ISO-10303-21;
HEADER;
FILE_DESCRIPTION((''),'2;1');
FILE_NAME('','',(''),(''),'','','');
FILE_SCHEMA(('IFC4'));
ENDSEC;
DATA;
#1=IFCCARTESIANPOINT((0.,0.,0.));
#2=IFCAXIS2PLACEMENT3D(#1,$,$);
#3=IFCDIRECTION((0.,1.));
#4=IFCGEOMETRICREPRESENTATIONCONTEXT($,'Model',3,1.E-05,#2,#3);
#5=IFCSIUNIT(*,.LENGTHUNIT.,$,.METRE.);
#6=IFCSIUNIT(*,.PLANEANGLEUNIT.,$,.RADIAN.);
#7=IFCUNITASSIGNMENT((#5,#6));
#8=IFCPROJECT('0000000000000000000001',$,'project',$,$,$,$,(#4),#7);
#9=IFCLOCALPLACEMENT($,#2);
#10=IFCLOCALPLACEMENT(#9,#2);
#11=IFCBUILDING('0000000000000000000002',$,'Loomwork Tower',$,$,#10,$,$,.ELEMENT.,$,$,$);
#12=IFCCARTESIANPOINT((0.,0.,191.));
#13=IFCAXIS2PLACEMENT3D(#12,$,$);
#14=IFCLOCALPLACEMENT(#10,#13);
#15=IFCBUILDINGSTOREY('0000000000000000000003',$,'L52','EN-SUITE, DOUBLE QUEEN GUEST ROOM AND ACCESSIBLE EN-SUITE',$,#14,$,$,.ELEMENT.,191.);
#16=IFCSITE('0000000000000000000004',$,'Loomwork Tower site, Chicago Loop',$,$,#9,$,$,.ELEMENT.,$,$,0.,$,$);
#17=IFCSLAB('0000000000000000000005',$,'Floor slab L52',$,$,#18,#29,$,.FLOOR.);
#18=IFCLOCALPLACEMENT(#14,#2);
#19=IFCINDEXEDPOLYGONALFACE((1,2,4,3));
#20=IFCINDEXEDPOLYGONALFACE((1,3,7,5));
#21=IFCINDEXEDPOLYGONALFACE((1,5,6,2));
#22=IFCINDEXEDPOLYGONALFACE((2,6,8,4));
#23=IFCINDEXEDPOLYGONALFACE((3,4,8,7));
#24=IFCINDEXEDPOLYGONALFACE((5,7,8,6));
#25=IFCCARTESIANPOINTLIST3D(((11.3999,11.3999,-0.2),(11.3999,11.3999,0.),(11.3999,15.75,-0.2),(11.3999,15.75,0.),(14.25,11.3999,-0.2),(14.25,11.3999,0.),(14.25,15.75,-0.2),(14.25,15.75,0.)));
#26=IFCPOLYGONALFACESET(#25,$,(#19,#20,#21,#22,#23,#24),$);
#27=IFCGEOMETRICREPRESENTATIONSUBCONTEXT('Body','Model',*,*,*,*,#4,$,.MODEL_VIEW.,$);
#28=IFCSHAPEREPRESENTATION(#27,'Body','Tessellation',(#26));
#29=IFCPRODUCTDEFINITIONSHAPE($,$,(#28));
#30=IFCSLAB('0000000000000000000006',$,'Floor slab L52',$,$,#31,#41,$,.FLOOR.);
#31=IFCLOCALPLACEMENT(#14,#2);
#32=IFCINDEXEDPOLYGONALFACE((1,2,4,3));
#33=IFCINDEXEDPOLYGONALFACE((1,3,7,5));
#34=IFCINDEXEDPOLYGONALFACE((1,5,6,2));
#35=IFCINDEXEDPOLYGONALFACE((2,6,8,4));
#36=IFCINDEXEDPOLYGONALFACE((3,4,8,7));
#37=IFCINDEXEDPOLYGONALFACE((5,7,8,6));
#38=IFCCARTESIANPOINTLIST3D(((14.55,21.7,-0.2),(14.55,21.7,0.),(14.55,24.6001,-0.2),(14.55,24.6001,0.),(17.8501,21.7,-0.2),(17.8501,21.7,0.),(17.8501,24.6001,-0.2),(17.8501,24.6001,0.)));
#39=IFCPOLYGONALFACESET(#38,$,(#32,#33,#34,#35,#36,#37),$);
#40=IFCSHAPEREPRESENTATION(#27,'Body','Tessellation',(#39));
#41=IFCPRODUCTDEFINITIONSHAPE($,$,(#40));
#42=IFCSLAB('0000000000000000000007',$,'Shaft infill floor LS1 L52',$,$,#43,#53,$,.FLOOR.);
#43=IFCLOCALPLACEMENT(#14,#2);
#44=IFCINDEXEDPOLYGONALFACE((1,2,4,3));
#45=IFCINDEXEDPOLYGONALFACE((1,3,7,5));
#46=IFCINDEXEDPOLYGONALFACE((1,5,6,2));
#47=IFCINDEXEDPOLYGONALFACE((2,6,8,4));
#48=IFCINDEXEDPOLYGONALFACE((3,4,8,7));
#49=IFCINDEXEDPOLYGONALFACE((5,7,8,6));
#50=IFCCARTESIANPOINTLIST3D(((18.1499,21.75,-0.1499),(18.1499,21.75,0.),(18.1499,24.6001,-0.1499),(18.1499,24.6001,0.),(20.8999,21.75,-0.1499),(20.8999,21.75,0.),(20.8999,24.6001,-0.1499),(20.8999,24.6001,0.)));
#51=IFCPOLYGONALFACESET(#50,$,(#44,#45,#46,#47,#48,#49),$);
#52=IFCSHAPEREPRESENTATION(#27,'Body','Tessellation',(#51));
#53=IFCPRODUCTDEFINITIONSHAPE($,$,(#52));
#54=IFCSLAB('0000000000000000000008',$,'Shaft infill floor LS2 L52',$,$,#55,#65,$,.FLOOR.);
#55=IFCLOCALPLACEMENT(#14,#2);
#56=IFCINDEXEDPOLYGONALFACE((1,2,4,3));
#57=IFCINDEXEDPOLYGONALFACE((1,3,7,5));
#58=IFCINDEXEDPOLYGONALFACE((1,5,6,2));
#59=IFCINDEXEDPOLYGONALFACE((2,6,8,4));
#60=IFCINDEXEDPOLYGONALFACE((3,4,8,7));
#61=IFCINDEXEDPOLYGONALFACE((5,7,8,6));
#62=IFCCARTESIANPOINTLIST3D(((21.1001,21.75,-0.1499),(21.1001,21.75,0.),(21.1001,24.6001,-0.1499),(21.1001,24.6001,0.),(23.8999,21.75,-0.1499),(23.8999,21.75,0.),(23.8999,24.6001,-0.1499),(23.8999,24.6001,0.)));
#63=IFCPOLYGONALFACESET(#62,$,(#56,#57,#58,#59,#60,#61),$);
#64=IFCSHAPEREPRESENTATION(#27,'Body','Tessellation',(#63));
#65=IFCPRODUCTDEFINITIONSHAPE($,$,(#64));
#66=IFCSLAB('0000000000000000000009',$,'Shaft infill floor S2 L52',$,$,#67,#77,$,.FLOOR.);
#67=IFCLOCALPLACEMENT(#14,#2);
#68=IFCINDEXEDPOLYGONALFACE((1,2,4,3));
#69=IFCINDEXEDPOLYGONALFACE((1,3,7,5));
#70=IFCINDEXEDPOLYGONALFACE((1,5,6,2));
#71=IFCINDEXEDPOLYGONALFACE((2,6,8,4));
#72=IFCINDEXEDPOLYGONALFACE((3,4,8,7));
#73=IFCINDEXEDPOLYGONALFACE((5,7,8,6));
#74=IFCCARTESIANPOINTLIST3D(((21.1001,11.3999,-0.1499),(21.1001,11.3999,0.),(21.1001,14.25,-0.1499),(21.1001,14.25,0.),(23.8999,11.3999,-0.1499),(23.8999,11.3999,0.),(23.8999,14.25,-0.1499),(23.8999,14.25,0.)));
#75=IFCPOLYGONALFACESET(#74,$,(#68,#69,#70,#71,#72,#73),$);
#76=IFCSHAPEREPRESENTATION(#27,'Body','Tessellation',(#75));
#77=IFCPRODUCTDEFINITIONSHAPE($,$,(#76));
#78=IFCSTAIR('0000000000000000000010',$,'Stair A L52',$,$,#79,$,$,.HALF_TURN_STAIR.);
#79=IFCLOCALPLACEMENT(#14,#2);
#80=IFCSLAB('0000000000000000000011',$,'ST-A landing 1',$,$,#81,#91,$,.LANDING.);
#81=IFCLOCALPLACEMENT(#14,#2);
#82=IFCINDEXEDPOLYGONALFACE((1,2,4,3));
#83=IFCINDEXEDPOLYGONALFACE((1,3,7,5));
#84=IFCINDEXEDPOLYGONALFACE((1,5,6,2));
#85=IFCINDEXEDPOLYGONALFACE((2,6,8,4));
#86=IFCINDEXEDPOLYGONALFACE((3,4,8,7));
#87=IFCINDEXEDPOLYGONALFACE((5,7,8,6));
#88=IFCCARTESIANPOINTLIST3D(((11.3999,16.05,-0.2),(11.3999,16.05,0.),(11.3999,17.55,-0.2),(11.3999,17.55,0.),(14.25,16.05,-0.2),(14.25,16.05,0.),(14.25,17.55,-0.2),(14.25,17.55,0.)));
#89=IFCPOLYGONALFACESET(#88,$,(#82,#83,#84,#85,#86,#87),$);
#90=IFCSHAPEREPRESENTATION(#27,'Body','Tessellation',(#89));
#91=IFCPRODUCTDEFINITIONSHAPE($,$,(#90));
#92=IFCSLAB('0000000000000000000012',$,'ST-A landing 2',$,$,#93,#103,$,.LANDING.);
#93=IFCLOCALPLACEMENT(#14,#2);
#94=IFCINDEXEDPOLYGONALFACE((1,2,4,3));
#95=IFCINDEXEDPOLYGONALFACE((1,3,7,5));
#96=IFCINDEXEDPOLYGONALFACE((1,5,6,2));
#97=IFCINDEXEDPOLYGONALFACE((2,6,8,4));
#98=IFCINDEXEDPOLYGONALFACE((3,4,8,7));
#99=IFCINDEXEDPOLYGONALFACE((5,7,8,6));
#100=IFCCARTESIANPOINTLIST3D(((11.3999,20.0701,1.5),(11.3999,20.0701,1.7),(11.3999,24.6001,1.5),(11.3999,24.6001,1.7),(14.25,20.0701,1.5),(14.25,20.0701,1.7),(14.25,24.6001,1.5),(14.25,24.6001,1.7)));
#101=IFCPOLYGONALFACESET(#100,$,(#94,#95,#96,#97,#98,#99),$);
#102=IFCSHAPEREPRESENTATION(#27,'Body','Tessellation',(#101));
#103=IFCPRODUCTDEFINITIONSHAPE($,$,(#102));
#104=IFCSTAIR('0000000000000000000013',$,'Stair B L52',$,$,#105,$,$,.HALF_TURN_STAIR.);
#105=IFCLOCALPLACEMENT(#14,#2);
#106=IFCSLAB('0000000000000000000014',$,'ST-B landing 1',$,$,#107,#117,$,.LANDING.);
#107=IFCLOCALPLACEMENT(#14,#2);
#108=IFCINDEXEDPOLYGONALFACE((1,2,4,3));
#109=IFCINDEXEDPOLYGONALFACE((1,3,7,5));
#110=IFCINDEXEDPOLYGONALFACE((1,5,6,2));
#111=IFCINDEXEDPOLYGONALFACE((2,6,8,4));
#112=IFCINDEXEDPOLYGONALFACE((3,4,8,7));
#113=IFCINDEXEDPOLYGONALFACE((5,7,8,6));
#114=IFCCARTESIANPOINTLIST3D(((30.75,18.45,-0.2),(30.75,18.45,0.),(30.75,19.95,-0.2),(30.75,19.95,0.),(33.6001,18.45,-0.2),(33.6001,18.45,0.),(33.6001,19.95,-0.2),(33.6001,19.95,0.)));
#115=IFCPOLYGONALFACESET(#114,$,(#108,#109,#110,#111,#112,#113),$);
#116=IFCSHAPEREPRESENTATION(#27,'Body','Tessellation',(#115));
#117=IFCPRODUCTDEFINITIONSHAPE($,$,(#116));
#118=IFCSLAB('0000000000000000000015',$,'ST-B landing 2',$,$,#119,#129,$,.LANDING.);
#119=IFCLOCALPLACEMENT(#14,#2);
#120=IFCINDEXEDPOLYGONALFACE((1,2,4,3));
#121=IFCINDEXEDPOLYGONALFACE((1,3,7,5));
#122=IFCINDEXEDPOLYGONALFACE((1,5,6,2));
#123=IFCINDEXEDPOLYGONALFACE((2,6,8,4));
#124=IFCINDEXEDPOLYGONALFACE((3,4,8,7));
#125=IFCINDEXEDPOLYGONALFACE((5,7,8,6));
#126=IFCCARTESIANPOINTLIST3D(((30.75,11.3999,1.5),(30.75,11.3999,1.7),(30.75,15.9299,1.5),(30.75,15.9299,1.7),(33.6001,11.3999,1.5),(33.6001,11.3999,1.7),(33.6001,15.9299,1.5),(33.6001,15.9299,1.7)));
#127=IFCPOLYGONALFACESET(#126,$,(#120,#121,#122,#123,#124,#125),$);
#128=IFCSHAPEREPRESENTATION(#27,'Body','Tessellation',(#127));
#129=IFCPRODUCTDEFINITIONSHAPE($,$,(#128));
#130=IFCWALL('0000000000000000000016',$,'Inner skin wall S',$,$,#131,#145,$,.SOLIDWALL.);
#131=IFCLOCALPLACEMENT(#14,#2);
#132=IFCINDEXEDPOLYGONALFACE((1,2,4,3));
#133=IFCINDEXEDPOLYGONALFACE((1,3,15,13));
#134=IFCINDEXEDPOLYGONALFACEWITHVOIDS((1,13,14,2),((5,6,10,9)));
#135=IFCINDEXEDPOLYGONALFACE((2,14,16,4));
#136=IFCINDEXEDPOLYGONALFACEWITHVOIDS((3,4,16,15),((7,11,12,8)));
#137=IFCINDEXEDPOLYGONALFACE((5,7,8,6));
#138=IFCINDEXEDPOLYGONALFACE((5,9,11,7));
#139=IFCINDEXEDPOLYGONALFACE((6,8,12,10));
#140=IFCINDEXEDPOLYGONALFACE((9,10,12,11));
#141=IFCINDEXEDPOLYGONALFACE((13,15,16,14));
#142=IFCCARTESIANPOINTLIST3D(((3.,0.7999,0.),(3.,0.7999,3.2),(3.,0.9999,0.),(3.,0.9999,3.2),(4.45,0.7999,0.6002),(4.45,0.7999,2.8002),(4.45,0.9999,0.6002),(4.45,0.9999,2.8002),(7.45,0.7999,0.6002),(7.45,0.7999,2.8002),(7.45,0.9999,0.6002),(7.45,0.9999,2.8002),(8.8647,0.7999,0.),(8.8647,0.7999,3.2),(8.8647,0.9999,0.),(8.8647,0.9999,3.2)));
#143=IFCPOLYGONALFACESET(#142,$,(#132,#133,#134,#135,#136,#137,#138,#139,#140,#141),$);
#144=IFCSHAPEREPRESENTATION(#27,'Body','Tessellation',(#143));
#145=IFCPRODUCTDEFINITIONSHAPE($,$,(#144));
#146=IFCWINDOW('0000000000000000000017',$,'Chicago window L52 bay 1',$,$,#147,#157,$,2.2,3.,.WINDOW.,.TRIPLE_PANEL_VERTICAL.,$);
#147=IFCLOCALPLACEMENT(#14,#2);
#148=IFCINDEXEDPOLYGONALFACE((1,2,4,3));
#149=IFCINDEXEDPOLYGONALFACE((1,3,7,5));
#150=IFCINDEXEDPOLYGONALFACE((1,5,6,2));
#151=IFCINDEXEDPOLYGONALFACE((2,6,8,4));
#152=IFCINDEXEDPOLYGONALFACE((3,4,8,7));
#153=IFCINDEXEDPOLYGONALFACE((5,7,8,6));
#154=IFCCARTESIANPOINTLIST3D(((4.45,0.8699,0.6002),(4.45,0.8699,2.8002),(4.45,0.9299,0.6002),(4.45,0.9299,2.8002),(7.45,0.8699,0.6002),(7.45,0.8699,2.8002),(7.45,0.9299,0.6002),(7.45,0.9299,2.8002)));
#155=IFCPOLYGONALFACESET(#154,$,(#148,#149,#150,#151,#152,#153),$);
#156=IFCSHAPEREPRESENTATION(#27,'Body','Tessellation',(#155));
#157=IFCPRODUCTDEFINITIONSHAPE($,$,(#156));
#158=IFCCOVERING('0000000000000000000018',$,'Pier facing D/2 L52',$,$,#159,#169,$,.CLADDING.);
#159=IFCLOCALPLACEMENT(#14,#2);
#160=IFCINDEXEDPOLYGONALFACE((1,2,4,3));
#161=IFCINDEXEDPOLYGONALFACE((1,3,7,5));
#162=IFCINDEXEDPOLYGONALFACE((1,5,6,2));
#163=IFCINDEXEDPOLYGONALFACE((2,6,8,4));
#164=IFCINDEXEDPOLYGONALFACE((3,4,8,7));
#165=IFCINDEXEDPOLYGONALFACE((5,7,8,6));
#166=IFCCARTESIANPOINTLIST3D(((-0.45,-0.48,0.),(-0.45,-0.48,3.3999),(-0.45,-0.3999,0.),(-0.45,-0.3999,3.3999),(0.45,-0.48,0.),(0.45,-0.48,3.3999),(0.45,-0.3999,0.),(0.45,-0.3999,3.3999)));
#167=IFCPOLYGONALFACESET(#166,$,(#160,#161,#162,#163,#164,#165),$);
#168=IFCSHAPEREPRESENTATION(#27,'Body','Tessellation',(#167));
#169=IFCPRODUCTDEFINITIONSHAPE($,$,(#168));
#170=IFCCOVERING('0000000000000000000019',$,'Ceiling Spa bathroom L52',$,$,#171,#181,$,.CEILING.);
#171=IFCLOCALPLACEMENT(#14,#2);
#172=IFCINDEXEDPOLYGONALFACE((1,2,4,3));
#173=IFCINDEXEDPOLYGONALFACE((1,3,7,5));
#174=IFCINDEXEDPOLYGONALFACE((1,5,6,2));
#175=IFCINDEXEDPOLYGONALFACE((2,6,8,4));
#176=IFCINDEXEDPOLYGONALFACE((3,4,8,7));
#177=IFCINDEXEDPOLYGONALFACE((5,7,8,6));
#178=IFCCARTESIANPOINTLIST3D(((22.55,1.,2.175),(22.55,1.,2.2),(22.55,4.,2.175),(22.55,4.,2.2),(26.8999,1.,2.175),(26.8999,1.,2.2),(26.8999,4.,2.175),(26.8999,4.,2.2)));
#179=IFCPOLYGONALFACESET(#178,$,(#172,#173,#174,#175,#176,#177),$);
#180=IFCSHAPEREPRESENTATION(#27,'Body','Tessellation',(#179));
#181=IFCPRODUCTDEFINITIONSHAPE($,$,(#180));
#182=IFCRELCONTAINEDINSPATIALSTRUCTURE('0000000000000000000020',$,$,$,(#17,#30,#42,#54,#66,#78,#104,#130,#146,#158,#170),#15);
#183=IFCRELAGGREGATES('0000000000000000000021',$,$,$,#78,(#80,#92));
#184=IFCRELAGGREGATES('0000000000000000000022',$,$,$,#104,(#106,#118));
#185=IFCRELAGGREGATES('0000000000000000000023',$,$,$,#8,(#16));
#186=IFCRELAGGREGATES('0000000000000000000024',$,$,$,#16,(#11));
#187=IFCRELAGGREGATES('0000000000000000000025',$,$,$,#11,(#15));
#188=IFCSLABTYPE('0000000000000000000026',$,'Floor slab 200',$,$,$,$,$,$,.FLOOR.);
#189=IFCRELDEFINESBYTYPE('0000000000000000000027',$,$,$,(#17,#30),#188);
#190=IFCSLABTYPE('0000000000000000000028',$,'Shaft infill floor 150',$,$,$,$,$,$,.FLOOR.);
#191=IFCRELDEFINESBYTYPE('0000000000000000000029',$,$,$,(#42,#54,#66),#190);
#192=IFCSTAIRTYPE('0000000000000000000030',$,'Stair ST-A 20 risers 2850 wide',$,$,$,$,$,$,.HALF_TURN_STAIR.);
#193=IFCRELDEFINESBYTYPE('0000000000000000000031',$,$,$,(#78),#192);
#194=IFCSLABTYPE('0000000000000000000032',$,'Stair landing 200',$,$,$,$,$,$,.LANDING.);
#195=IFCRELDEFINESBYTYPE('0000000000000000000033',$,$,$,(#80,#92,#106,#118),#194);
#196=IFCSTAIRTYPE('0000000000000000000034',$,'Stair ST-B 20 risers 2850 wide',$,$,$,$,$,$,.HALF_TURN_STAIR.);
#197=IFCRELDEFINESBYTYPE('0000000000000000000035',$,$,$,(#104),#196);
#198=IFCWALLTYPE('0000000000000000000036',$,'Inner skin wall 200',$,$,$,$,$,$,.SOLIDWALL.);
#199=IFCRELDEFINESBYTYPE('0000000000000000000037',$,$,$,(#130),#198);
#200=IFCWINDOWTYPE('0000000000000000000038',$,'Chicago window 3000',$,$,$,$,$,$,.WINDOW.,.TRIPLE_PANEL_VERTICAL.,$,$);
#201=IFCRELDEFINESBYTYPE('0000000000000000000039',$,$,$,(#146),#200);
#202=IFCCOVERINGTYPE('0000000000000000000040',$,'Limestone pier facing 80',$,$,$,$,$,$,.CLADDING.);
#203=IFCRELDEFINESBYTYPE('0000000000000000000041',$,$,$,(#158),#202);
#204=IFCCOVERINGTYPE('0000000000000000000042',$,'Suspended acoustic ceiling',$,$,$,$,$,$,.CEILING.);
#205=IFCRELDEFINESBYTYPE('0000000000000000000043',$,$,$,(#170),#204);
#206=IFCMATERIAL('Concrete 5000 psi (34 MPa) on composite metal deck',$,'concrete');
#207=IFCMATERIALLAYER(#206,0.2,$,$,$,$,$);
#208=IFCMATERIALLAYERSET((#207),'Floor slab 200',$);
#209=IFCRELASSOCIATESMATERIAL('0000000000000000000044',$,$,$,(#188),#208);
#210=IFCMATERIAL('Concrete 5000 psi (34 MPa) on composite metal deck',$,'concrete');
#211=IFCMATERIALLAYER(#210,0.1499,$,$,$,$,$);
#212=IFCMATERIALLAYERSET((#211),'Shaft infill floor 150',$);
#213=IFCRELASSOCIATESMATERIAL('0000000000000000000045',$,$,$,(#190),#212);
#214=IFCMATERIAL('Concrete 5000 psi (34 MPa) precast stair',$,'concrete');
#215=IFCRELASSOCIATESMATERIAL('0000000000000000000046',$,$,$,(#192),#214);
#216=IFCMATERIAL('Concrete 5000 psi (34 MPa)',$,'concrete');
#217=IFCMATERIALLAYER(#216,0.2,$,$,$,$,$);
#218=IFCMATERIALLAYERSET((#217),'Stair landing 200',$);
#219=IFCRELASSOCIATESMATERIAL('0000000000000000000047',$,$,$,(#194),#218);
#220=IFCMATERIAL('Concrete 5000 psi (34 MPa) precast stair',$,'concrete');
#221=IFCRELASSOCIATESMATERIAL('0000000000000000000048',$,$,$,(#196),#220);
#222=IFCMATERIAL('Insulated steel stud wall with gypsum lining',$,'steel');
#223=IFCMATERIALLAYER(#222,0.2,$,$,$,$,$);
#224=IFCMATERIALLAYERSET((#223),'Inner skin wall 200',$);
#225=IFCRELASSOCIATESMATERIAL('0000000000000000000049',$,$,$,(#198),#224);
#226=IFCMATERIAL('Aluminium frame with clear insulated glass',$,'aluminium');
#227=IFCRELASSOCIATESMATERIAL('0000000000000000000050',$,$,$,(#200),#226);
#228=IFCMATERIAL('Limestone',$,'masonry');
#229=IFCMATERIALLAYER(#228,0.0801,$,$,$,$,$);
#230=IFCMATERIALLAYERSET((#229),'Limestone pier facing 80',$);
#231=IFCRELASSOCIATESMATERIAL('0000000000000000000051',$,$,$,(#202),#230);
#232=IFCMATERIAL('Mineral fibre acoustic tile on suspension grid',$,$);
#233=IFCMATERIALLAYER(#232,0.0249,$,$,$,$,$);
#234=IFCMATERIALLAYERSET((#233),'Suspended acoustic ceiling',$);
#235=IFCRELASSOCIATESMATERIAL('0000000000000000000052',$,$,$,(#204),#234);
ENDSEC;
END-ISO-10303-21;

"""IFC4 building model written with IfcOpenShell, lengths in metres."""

from ifc_helpers import new_model, si_unit, direction, frame, frame_2d, origin, origin_2d, place, context, subcontext, project, spatial, polyline, rectangle, outline, extrude, material, layer, layer_set, type_object, element, fill, aggregate, save


model = new_model("IFC4")

# Units and contexts
model_context = context("Model", 3, precision=1e-05, world=origin(), true_north=direction((0.0, 1.0)))
body_context = subcontext(model_context, "Body", "Model", "MODEL_VIEW")
ifc_project = project(units=[si_unit("LENGTHUNIT", "METRE"), si_unit("PLANEANGLEUNIT", "RADIAN")], contexts=[model_context])

# Site, building, storey
site_placement = place(None, origin())
site = spatial("IfcSite", under=ifc_project, at=site_placement, Name="Loomwork Tower site, Chicago Loop", CompositionType="ELEMENT", RefElevation=0.0)
building_placement = place(site_placement, origin())
building = spatial("IfcBuilding", under=site, at=building_placement, Name="Loomwork Tower", CompositionType="ELEMENT")
storey_placement = place(building_placement, frame((0.0, 0.0, 191.0)))
storey = spatial("IfcBuildingStorey", under=building, at=storey_placement, Name="L52", Description="EN-SUITE, DOUBLE QUEEN GUEST ROOM AND ACCESSIBLE EN-SUITE", CompositionType="ELEMENT", Elevation=191.0)

# Slabs
ifc_material_1 = material(Name="Concrete 5000 psi (34 MPa) on composite metal deck", Category="concrete")
ifc_layer_1 = layer(ifc_material_1, 0.2)
ifc_layer_set_1 = layer_set([ifc_layer_1], Name="Floor slab 200")
slab_type_1 = type_object("IfcSlabType", Name="Floor slab 200", PredefinedType="FLOOR", material=ifc_layer_set_1)
slab_1_placement = place(storey_placement, frame((0.0, 0.0, -0.2)))
element("IfcSlab", 1, at=slab_1_placement, inside=storey, type_object=slab_type_1, Name="Floor slab L52", PredefinedType="FLOOR", context=body_context, shape_type="SweptSolid", body=[
    extrude(outline(polyline([(14.25, 15.75), (14.25, 11.3999), (11.3999, 11.3999), (11.3999, 15.75), (14.25, 15.75)])), origin(), (0.0, 0.0, 1.0), 0.2),
])
slab_2_placement = place(storey_placement, frame((0.0, 0.0, -0.2)))
element("IfcSlab", 2, at=slab_2_placement, inside=storey, type_object=slab_type_1, Name="Floor slab L52", PredefinedType="FLOOR", context=body_context, shape_type="SweptSolid", body=[
    extrude(outline(polyline([(14.55, 21.7), (14.55, 24.6001), (17.8501, 24.6001), (17.8501, 21.7), (14.55, 21.7)])), origin(), (0.0, 0.0, 1.0), 0.2),
])
ifc_material_2 = material(Name="Concrete 5000 psi (34 MPa) on composite metal deck", Category="concrete")
ifc_layer_2 = layer(ifc_material_2, 0.1499)
ifc_layer_set_2 = layer_set([ifc_layer_2], Name="Shaft infill floor 150")
slab_type_2 = type_object("IfcSlabType", Name="Shaft infill floor 150", PredefinedType="FLOOR", material=ifc_layer_set_2)
slab_3_placement = place(storey_placement, frame((0.0, 0.0, -0.1499)))
element("IfcSlab", 3, at=slab_3_placement, inside=storey, type_object=slab_type_2, Name="Shaft infill floor LS1 L52", PredefinedType="FLOOR", context=body_context, shape_type="SweptSolid", body=[
    extrude(outline(polyline([(18.1499, 21.75), (20.8999, 21.75), (20.8999, 24.6001), (18.1499, 24.6001), (18.1499, 21.75)])), origin(), (0.0, 0.0, 1.0), 0.1499),
])
slab_4_placement = place(storey_placement, frame((0.0, 0.0, -0.1499)))
element("IfcSlab", 4, at=slab_4_placement, inside=storey, type_object=slab_type_2, Name="Shaft infill floor LS2 L52", PredefinedType="FLOOR", context=body_context, shape_type="SweptSolid", body=[
    extrude(outline(polyline([(21.1001, 21.75), (23.8999, 21.75), (23.8999, 24.6001), (21.1001, 24.6001), (21.1001, 21.75)])), origin(), (0.0, 0.0, 1.0), 0.1499),
])
slab_5_placement = place(storey_placement, frame((0.0, 0.0, -0.1499)))
element("IfcSlab", 5, at=slab_5_placement, inside=storey, type_object=slab_type_2, Name="Shaft infill floor S2 L52", PredefinedType="FLOOR", context=body_context, shape_type="SweptSolid", body=[
    extrude(outline(polyline([(21.1001, 11.3999), (23.8999, 11.3999), (23.8999, 14.25), (21.1001, 14.25), (21.1001, 11.3999)])), origin(), (0.0, 0.0, 1.0), 0.1499),
])

# Stairs, slabs
ifc_material_3 = material(Name="Concrete 5000 psi (34 MPa) precast stair", Category="concrete")
stair_type_1 = type_object("IfcStairType", Name="Stair ST-A 20 risers 2850 wide", PredefinedType="HALF_TURN_STAIR", material=ifc_material_3)
stair_1_placement = place(storey_placement, origin())
stair_1 = element("IfcStair", 6, at=stair_1_placement, inside=storey, type_object=stair_type_1, Name="Stair A L52", PredefinedType="HALF_TURN_STAIR")
ifc_material_4 = material(Name="Concrete 5000 psi (34 MPa)", Category="concrete")
ifc_layer_3 = layer(ifc_material_4, 0.2)
ifc_layer_set_3 = layer_set([ifc_layer_3], Name="Stair landing 200")
slab_type_3 = type_object("IfcSlabType", Name="Stair landing 200", PredefinedType="LANDING", material=ifc_layer_set_3)
slab_6_placement = place(storey_placement, frame((0.0, 0.0, -0.2)))
slab_6 = element("IfcSlab", 7, at=slab_6_placement, type_object=slab_type_3, Name="ST-A landing 1", PredefinedType="LANDING", context=body_context, shape_type="SweptSolid", body=[
    extrude(outline(polyline([(11.3999, 16.05), (14.25, 16.05), (14.25, 17.55), (11.3999, 17.55), (11.3999, 16.05)])), origin(), (0.0, 0.0, 1.0), 0.2),
])
slab_7_placement = place(storey_placement, frame((0.0, 0.0, 1.5)))
slab_7 = element("IfcSlab", 8, at=slab_7_placement, type_object=slab_type_3, Name="ST-A landing 2", PredefinedType="LANDING", context=body_context, shape_type="SweptSolid", body=[
    extrude(outline(polyline([(11.3999, 20.0701), (14.25, 20.0701), (14.25, 24.6001), (11.3999, 24.6001), (11.3999, 20.0701)])), origin(), (0.0, 0.0, 1.0), 0.2),
])
aggregate(stair_1, [slab_6, slab_7])
ifc_material_5 = material(Name="Concrete 5000 psi (34 MPa) precast stair", Category="concrete")
stair_type_2 = type_object("IfcStairType", Name="Stair ST-B 20 risers 2850 wide", PredefinedType="HALF_TURN_STAIR", material=ifc_material_5)
stair_2_placement = place(storey_placement, origin())
stair_2 = element("IfcStair", 9, at=stair_2_placement, inside=storey, type_object=stair_type_2, Name="Stair B L52", PredefinedType="HALF_TURN_STAIR")
slab_8_placement = place(storey_placement, frame((0.0, 0.0, -0.2)))
slab_8 = element("IfcSlab", 10, at=slab_8_placement, type_object=slab_type_3, Name="ST-B landing 1", PredefinedType="LANDING", context=body_context, shape_type="SweptSolid", body=[
    extrude(outline(polyline([(30.75, 18.45), (33.6001, 18.45), (33.6001, 19.95), (30.75, 19.95), (30.75, 18.45)])), origin(), (0.0, 0.0, 1.0), 0.2),
])
slab_9_placement = place(storey_placement, frame((0.0, 0.0, 1.5)))
slab_9 = element("IfcSlab", 11, at=slab_9_placement, type_object=slab_type_3, Name="ST-B landing 2", PredefinedType="LANDING", context=body_context, shape_type="SweptSolid", body=[
    extrude(outline(polyline([(30.75, 11.3999), (33.6001, 11.3999), (33.6001, 15.9299), (30.75, 15.9299), (30.75, 11.3999)])), origin(), (0.0, 0.0, 1.0), 0.2),
])
aggregate(stair_2, [slab_8, slab_9])

# Wall, opening, window
ifc_material_6 = material(Name="Insulated steel stud wall with gypsum lining", Category="steel")
ifc_layer_4 = layer(ifc_material_6, 0.2)
ifc_layer_set_4 = layer_set([ifc_layer_4], Name="Inner skin wall 200")
wall_type = type_object("IfcWallType", Name="Inner skin wall 200", PredefinedType="SOLIDWALL", material=ifc_layer_set_4)
wall_placement = place(storey_placement, frame((3.0, 0.8999, 0.0), z_axis=(0.0, 0.0, 1.0), x_axis=(1.0, 0.0, 0.0)))
wall = element("IfcWall", 12, at=wall_placement, inside=storey, type_object=wall_type, Name="Inner skin wall S", PredefinedType="SOLIDWALL", context=body_context, shape_type="SweptSolid", body=[
    extrude(rectangle(XDim=5.8647, YDim=0.2, at=frame_2d((2.9324, 0.0))), origin(), (0.0, 0.0, 1.0), 3.2),
])
opening_placement = place(wall_placement, frame((1.45, 0.0, 0.6001)))
opening = element("IfcOpeningElement", 13, at=opening_placement, cuts=wall, PredefinedType="OPENING", context=body_context, shape_type="SweptSolid", body=[
    extrude(rectangle(XDim=3.0, YDim=2.2, at=frame_2d((1.5, 1.1001))), frame((0.0, 0.1099, 0.0), z_axis=(0.0, -1.0, 0.0), x_axis=(1.0, 0.0, 0.0)), (0.0, 0.0, 1.0), 0.22),
])
ifc_material_7 = material(Name="Aluminium frame with clear insulated glass", Category="aluminium")
window_type = type_object("IfcWindowType", Name="Chicago window 3000", PartitioningType="TRIPLE_PANEL_VERTICAL", PredefinedType="WINDOW", material=ifc_material_7)
window_placement = place(opening_placement, origin())
window = element("IfcWindow", 14, at=window_placement, inside=storey, type_object=window_type, Name="Chicago window L52 bay 1", OverallHeight=2.2, OverallWidth=3.0, PartitioningType="TRIPLE_PANEL_VERTICAL", PredefinedType="WINDOW", context=body_context, shape_type="SweptSolid", body=[
    extrude(rectangle(XDim=3.0, YDim=2.2, at=frame_2d((1.5, 1.1001))), frame((0.0, 0.03, 0.0), z_axis=(0.0, -1.0, 0.0), x_axis=(1.0, 0.0, 0.0)), (0.0, 0.0, 1.0), 0.0601),
])
fill(opening, window)

# Coverings
ifc_material_8 = material(Name="Limestone", Category="masonry")
ifc_layer_5 = layer(ifc_material_8, 0.0801)
ifc_layer_set_5 = layer_set([ifc_layer_5], Name="Limestone pier facing 80")
covering_type_1 = type_object("IfcCoveringType", Name="Limestone pier facing 80", PredefinedType="CLADDING", material=ifc_layer_set_5)
covering_1_placement = place(storey_placement, frame((0.0, -0.4399, 0.0), z_axis=(0.0, 0.0, 1.0), x_axis=(1.0, 0.0, 0.0)))
element("IfcCovering", 15, at=covering_1_placement, inside=storey, type_object=covering_type_1, Name="Pier facing D/2 L52", PredefinedType="CLADDING", context=body_context, shape_type="SweptSolid", body=[
    extrude(rectangle(XDim=0.8999, YDim=0.0801, at=origin_2d()), origin(), (0.0, 0.0, 1.0), 3.3999),
])
ifc_material_9 = material(Name="Mineral fibre acoustic tile on suspension grid")
ifc_layer_6 = layer(ifc_material_9, 0.0249)
ifc_layer_set_6 = layer_set([ifc_layer_6], Name="Suspended acoustic ceiling")
covering_type_2 = type_object("IfcCoveringType", Name="Suspended acoustic ceiling", PredefinedType="CEILING", material=ifc_layer_set_6)
covering_2_placement = place(storey_placement, frame((0.0, 0.0, 2.175)))
element("IfcCovering", 16, at=covering_2_placement, inside=storey, type_object=covering_type_2, Name="Ceiling Spa bathroom L52", PredefinedType="CEILING", context=body_context, shape_type="SweptSolid", body=[
    extrude(outline(polyline([(26.8999, 4.0), (26.8999, 1.0), (22.55, 1.0), (22.55, 4.0), (26.8999, 4.0)])), origin(), (0.0, 0.0, 1.0), 0.0249),
])

save(model, "model.ifc")
